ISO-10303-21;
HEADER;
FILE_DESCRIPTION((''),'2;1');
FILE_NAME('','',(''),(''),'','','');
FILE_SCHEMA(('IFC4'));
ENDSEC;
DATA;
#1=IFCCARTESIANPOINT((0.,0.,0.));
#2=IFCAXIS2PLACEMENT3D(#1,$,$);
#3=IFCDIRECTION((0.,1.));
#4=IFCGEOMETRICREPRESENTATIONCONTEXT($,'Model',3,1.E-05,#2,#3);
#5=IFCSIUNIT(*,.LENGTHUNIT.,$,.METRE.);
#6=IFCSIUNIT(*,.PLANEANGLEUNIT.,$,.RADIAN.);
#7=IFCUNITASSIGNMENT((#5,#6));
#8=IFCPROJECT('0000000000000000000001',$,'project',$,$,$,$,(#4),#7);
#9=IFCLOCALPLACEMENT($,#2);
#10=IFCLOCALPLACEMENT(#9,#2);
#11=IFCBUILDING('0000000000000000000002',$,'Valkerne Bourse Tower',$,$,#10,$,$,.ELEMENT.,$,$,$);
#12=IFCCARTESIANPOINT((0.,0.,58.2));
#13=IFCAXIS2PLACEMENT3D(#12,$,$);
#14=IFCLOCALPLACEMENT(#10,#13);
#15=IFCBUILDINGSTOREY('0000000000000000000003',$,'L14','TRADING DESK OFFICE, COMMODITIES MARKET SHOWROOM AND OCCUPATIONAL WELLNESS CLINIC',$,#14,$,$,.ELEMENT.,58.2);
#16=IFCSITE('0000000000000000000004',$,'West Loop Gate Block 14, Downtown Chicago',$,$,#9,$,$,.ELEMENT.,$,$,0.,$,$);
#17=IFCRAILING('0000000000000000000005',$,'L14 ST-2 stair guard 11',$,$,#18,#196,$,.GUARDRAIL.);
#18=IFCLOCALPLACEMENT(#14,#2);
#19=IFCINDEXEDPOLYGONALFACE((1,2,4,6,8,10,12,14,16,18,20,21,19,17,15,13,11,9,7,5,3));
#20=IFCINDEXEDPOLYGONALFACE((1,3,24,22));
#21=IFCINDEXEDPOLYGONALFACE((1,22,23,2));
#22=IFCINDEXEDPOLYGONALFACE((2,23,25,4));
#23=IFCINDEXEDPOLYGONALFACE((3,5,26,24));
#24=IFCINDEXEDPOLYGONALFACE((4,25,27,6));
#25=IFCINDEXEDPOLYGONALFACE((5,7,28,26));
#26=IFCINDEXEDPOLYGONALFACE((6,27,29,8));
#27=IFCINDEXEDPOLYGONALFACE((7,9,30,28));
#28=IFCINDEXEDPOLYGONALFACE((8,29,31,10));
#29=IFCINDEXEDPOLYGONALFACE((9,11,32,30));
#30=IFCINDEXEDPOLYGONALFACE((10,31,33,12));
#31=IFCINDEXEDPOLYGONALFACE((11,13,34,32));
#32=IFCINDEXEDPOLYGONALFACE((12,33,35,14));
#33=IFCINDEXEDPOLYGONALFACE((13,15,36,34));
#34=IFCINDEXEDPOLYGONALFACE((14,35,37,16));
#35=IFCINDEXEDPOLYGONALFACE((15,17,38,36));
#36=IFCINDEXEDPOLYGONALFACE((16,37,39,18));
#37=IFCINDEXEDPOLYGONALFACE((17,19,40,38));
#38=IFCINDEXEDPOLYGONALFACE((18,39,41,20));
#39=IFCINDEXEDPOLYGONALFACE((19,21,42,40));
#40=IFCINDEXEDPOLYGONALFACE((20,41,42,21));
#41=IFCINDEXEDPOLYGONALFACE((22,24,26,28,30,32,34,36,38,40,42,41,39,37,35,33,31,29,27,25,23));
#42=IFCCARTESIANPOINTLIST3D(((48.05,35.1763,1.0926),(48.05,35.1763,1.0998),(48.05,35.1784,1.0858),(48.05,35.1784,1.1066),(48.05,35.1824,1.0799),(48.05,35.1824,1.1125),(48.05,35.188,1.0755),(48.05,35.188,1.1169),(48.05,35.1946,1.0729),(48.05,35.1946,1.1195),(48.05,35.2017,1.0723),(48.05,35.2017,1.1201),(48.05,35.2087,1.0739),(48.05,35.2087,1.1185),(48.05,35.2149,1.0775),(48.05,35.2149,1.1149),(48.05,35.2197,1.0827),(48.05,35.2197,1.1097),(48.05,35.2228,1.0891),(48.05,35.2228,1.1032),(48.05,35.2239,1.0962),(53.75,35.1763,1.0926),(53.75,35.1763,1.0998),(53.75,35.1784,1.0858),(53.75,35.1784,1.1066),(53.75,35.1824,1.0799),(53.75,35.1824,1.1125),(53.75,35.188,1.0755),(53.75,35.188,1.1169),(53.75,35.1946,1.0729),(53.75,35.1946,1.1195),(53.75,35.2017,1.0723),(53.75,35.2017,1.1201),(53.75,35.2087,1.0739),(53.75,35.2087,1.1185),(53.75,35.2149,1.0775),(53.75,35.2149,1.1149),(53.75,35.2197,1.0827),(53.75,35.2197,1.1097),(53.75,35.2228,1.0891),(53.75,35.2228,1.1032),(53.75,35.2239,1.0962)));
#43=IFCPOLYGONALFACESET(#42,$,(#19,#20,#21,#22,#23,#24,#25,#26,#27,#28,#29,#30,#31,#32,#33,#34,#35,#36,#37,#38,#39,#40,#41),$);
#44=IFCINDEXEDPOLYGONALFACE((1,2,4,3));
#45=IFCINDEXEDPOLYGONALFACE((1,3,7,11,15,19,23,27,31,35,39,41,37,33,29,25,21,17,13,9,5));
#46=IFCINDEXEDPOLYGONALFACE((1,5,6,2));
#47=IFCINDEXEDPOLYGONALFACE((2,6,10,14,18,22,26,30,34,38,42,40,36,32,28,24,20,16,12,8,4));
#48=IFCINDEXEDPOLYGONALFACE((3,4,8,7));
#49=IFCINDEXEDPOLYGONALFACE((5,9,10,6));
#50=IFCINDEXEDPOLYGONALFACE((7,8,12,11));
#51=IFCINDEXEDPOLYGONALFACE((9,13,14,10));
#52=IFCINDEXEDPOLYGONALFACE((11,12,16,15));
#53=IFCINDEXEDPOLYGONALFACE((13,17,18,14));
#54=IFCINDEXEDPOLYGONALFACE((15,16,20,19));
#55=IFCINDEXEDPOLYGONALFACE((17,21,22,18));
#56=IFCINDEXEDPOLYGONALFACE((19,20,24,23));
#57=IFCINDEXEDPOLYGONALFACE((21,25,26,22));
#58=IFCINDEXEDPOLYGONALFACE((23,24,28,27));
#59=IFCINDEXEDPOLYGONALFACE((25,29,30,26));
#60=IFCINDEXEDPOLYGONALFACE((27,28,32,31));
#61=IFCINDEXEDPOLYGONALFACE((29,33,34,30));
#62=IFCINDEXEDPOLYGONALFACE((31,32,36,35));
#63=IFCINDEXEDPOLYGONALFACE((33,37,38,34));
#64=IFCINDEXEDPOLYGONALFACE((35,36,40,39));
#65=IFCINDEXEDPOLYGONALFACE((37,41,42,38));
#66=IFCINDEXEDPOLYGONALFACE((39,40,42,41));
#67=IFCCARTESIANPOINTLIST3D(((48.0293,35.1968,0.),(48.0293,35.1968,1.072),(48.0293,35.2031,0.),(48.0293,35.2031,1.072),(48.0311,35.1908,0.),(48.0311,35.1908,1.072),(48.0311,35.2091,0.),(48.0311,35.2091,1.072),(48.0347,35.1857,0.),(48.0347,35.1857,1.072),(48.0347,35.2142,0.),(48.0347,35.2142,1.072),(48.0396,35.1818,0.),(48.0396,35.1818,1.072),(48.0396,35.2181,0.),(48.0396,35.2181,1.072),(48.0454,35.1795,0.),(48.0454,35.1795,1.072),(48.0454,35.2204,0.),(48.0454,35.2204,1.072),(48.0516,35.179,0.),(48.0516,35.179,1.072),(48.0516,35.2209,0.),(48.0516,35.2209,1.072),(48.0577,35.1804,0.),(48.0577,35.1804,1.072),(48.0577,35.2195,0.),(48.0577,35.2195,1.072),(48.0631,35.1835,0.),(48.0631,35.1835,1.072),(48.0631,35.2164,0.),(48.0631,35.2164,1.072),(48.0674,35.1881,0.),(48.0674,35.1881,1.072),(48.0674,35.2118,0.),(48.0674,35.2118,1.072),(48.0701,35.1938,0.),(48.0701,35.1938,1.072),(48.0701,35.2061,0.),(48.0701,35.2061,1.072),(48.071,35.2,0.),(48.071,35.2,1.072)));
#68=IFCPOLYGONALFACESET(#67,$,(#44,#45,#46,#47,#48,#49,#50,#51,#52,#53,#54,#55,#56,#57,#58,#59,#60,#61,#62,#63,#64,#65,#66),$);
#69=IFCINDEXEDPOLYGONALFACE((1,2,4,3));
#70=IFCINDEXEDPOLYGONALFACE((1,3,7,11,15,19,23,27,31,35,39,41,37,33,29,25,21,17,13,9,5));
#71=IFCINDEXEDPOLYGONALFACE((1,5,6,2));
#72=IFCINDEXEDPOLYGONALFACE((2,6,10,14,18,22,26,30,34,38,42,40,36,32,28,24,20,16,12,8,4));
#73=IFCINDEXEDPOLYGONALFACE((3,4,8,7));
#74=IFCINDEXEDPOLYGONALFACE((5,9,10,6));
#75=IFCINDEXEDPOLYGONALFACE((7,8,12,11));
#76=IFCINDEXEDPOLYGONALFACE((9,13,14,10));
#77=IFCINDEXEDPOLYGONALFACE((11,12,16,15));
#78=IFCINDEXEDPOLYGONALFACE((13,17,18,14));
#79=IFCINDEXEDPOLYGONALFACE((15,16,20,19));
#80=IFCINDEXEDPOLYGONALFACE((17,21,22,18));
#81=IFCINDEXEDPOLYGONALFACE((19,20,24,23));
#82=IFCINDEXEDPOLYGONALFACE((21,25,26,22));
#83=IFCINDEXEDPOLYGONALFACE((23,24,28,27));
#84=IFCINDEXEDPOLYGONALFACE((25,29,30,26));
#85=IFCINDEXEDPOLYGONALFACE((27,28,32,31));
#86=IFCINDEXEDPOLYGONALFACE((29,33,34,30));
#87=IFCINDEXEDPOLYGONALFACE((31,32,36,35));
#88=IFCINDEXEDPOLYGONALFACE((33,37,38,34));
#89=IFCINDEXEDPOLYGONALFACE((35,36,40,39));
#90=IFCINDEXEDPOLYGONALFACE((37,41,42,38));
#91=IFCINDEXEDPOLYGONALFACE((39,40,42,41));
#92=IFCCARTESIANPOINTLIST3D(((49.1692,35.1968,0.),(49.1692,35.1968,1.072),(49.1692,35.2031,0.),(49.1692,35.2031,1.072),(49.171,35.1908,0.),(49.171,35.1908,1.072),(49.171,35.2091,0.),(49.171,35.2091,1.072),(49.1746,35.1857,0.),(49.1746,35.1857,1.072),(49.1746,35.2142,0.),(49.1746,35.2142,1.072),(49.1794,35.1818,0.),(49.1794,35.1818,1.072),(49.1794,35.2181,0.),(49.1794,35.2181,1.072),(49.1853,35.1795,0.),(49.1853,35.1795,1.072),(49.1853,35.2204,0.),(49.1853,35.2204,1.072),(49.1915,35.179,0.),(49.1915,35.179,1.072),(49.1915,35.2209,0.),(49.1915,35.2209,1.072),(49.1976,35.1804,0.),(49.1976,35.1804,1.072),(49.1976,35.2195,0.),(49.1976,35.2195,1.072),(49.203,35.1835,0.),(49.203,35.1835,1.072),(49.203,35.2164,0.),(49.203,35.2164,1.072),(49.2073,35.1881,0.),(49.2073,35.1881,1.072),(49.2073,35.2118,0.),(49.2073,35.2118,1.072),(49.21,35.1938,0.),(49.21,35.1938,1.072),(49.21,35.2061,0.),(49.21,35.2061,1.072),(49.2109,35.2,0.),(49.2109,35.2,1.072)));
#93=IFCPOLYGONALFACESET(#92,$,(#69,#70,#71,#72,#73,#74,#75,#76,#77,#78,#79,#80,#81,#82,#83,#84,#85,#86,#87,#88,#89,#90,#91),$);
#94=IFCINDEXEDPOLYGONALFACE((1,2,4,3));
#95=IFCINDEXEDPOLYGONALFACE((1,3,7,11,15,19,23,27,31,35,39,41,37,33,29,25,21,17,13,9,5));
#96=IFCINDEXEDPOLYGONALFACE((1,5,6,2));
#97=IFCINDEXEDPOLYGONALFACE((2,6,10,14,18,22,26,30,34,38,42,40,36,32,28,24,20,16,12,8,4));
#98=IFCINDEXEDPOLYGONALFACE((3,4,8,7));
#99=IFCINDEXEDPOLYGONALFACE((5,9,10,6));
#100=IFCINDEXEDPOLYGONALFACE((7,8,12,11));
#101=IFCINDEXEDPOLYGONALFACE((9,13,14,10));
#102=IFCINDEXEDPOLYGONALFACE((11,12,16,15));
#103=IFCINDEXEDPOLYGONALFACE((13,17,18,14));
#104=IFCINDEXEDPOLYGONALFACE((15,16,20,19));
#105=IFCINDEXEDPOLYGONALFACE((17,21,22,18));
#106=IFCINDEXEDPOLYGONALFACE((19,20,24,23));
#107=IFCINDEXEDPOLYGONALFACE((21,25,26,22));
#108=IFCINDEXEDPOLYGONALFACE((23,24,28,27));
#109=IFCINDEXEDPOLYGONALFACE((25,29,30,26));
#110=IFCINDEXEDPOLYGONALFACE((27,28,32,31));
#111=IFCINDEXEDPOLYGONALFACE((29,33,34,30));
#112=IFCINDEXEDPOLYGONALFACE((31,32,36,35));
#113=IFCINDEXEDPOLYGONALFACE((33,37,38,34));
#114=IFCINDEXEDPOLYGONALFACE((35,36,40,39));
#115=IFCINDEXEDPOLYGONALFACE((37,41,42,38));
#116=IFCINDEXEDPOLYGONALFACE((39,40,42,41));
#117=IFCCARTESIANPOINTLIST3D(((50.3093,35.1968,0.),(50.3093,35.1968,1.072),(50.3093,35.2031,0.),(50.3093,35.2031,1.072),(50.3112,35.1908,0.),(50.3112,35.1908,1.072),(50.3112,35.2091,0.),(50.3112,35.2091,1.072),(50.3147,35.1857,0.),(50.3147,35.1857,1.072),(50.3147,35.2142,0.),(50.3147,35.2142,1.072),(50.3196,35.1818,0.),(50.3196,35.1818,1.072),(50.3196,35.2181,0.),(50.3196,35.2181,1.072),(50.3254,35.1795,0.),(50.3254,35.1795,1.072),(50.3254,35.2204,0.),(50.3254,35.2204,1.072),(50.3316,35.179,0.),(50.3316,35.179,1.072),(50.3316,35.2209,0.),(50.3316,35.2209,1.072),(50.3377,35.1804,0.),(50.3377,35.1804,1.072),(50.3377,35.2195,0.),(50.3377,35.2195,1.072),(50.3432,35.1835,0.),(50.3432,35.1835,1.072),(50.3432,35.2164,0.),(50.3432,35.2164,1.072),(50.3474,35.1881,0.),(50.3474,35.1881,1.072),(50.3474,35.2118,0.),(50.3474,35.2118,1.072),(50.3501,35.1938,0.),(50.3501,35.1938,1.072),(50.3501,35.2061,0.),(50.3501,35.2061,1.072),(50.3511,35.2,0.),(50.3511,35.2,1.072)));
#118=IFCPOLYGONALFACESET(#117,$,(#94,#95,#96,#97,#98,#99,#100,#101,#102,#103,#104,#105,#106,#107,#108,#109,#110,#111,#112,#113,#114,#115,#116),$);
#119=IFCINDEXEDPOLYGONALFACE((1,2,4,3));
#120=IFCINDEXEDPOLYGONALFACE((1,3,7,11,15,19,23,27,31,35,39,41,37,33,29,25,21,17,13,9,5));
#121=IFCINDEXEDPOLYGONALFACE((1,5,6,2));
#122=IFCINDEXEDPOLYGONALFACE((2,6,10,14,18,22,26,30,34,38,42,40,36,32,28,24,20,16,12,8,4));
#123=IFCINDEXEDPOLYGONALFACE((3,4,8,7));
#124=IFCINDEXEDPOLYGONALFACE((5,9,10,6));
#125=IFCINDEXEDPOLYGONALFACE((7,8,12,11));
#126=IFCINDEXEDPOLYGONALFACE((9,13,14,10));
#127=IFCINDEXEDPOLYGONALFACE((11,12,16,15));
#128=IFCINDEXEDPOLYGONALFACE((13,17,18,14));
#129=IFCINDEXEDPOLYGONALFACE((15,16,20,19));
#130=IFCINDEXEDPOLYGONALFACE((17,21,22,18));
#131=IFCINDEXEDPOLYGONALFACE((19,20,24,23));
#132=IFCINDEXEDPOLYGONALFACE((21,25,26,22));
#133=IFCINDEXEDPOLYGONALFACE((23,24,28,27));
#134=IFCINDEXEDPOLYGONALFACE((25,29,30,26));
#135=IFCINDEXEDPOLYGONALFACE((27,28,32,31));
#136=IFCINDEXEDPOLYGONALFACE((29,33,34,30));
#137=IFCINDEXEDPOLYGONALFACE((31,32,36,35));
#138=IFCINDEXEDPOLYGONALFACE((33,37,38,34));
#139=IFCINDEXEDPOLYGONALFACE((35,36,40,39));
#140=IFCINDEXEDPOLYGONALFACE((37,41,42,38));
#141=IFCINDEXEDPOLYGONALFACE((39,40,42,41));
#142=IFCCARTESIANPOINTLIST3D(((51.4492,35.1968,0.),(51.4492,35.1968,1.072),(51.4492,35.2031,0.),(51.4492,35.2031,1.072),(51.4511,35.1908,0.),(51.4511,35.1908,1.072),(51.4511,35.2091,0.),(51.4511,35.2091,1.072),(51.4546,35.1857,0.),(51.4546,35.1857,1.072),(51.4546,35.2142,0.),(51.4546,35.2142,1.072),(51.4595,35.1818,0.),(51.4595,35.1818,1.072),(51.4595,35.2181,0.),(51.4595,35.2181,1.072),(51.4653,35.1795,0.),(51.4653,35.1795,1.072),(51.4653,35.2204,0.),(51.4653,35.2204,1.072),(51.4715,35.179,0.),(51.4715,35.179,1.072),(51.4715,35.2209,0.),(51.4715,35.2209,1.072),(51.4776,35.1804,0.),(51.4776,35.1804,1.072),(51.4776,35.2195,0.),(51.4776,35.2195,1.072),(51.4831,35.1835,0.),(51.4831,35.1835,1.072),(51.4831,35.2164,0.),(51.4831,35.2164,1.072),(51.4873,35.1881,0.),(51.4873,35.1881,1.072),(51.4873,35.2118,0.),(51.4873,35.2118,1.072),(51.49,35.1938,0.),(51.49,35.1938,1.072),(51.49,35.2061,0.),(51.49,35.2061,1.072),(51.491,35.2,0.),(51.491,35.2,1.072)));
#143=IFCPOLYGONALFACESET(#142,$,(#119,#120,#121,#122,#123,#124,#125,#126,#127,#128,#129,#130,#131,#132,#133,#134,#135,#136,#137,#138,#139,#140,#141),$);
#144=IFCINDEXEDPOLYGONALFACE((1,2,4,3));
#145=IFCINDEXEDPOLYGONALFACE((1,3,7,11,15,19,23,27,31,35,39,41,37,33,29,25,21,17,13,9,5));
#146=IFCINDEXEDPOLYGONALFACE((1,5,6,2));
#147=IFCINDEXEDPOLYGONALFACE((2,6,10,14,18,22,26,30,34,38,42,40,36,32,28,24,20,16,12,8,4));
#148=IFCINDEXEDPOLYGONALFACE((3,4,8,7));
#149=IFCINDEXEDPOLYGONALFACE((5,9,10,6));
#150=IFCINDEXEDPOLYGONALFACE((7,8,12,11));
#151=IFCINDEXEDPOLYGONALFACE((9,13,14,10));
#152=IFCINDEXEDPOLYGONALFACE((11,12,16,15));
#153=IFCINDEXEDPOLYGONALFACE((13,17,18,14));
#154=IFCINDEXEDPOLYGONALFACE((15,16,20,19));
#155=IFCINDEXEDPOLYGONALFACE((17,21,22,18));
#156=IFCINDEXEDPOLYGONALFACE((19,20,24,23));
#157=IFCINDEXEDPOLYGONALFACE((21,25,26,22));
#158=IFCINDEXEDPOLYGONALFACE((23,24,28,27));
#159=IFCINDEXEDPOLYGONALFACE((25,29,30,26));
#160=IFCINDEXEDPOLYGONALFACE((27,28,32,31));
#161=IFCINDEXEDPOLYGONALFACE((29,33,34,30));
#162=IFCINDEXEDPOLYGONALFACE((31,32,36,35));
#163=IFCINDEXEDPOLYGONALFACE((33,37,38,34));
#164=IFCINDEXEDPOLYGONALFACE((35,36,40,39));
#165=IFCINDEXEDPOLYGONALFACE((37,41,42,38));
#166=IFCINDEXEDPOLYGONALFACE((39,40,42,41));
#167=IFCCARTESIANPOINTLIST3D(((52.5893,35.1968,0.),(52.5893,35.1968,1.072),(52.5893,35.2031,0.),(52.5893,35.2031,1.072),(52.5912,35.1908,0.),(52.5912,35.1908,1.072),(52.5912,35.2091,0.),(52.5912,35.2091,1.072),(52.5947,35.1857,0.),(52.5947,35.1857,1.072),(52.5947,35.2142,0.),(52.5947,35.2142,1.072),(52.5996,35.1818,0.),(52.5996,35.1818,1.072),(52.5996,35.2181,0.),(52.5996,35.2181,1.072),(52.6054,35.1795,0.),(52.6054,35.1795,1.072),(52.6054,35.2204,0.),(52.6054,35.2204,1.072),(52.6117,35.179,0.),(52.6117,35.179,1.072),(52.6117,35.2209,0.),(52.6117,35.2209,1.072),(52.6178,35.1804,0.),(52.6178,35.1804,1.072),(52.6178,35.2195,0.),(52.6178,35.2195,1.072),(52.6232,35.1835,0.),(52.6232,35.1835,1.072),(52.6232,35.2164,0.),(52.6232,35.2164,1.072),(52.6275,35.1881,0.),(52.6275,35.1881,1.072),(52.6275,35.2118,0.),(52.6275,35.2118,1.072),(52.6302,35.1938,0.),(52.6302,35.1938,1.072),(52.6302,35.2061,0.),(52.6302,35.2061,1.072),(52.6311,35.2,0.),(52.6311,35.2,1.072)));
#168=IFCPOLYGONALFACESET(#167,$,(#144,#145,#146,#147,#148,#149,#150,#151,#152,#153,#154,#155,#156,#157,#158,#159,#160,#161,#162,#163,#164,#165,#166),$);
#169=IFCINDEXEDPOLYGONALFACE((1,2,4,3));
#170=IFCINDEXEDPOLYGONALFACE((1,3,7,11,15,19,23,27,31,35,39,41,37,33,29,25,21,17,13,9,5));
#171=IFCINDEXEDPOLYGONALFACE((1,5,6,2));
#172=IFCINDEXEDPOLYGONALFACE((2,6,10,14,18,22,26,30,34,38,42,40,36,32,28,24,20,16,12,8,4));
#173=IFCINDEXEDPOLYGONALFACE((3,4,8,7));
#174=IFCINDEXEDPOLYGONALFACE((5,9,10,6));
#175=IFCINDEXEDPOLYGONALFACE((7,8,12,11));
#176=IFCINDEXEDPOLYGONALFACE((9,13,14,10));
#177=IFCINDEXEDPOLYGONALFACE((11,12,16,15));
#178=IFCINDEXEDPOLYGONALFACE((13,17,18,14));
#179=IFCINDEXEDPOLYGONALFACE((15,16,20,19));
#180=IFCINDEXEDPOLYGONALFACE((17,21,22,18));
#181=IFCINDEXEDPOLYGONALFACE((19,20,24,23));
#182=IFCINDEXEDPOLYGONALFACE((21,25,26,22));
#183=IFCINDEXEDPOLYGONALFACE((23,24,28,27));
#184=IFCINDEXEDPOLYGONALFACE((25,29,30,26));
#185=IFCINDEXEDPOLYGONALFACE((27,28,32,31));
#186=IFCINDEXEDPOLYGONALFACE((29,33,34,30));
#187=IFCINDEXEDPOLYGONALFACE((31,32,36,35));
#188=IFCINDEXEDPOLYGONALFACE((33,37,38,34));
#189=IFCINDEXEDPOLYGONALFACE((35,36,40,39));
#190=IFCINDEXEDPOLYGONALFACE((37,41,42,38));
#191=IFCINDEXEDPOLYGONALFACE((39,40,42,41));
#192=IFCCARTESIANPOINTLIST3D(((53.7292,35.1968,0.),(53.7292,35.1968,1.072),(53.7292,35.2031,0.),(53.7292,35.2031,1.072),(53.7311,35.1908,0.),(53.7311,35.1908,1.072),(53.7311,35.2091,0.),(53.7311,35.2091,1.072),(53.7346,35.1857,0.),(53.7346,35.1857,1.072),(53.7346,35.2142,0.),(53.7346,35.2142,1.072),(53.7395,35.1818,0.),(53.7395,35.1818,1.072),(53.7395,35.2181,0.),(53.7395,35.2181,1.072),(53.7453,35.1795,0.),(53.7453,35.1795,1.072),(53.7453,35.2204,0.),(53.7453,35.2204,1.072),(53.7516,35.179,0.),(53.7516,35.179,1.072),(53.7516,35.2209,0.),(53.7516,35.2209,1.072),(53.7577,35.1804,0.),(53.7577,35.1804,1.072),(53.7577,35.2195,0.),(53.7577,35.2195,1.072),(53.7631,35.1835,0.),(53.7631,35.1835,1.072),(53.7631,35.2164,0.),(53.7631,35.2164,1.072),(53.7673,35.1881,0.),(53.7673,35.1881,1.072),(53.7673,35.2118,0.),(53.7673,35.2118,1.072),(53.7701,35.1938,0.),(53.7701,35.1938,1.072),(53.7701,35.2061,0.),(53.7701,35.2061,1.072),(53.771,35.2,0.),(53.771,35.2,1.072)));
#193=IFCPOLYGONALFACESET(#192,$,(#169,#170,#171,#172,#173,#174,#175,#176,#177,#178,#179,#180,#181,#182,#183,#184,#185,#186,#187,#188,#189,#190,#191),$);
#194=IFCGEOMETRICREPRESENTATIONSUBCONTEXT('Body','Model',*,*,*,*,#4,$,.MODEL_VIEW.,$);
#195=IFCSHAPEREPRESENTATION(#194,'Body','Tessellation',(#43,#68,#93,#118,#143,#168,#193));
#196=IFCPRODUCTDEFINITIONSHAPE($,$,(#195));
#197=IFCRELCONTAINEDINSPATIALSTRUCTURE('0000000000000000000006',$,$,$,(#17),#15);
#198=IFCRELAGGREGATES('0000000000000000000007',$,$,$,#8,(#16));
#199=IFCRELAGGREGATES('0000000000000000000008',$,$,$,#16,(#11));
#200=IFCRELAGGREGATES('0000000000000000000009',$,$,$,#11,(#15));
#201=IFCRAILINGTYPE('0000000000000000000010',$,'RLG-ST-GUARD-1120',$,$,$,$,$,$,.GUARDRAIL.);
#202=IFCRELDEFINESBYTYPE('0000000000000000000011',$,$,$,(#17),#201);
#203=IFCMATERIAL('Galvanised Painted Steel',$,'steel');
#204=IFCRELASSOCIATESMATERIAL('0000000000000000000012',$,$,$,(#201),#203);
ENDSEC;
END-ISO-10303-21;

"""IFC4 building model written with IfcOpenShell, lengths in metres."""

from ifc_helpers import new_model, si_unit, direction, frame, origin, origin_2d, place, context, subcontext, project, spatial, circle, extrude, material, type_object, element, save


model = new_model("IFC4")

# Units and contexts
model_context = context("Model", 3, precision=1e-05, world=origin(), true_north=direction((0.0, 1.0)))
body_context = subcontext(model_context, "Body", "Model", "MODEL_VIEW")
ifc_project = project(units=[si_unit("LENGTHUNIT", "METRE"), si_unit("PLANEANGLEUNIT", "RADIAN")], contexts=[model_context])

# Site, building, storey
site_placement = place(None, origin())
site = spatial("IfcSite", under=ifc_project, at=site_placement, Name="West Loop Gate Block 14, Downtown Chicago", CompositionType="ELEMENT", RefElevation=0.0)
building_placement = place(site_placement, origin())
building = spatial("IfcBuilding", under=site, at=building_placement, Name="Valkerne Bourse Tower", CompositionType="ELEMENT")
storey_placement = place(building_placement, frame((0.0, 0.0, 58.2)))
storey = spatial("IfcBuildingStorey", under=building, at=storey_placement, Name="L14", Description="TRADING DESK OFFICE, COMMODITIES MARKET SHOWROOM AND OCCUPATIONAL WELLNESS CLINIC", CompositionType="ELEMENT", Elevation=58.2)

# Shared definitions
ifc_material_1 = material(Name="Galvanised Painted Steel", Category="steel")

# Railing
railing_type_1 = type_object("IfcRailingType", Name="RLG-ST-GUARD-1120", PredefinedType="GUARDRAIL", material=ifc_material_1)
for number, where, name in (
    (1, (48.05, 35.2, 0.0), "L14 ST-2 stair guard 11"),
):
    element("IfcRailing", number, at=place(storey_placement, frame(where)), inside=storey, type_object=railing_type_1, Name=name, PredefinedType="GUARDRAIL", context=body_context, shape_type="SweptSolid", body=[
        extrude(circle(Radius=0.0239, at=origin_2d()), frame((0.0, 0.0, 1.0962), z_axis=(1.0, 0.0, 0.0), x_axis=(0.0, 1.0, 0.0)), (0.0, 0.0, 1.0), 5.7),
        extrude(circle(Radius=0.021, at=origin_2d()), origin(), (0.0, 0.0, 1.0), 1.072),
        extrude(circle(Radius=0.021, at=origin_2d()), frame((1.1399, 0.0, 0.0)), (0.0, 0.0, 1.0), 1.072),
        extrude(circle(Radius=0.021, at=origin_2d()), frame((2.28, 0.0, 0.0)), (0.0, 0.0, 1.0), 1.072),
        extrude(circle(Radius=0.021, at=origin_2d()), frame((3.4199, 0.0, 0.0)), (0.0, 0.0, 1.0), 1.072),
        extrude(circle(Radius=0.021, at=origin_2d()), frame((4.5601, 0.0, 0.0)), (0.0, 0.0, 1.0), 1.072),
        extrude(circle(Radius=0.021, at=origin_2d()), frame((5.7, 0.0, 0.0)), (0.0, 0.0, 1.0), 1.072),
    ])

save(model, "model.ifc")
